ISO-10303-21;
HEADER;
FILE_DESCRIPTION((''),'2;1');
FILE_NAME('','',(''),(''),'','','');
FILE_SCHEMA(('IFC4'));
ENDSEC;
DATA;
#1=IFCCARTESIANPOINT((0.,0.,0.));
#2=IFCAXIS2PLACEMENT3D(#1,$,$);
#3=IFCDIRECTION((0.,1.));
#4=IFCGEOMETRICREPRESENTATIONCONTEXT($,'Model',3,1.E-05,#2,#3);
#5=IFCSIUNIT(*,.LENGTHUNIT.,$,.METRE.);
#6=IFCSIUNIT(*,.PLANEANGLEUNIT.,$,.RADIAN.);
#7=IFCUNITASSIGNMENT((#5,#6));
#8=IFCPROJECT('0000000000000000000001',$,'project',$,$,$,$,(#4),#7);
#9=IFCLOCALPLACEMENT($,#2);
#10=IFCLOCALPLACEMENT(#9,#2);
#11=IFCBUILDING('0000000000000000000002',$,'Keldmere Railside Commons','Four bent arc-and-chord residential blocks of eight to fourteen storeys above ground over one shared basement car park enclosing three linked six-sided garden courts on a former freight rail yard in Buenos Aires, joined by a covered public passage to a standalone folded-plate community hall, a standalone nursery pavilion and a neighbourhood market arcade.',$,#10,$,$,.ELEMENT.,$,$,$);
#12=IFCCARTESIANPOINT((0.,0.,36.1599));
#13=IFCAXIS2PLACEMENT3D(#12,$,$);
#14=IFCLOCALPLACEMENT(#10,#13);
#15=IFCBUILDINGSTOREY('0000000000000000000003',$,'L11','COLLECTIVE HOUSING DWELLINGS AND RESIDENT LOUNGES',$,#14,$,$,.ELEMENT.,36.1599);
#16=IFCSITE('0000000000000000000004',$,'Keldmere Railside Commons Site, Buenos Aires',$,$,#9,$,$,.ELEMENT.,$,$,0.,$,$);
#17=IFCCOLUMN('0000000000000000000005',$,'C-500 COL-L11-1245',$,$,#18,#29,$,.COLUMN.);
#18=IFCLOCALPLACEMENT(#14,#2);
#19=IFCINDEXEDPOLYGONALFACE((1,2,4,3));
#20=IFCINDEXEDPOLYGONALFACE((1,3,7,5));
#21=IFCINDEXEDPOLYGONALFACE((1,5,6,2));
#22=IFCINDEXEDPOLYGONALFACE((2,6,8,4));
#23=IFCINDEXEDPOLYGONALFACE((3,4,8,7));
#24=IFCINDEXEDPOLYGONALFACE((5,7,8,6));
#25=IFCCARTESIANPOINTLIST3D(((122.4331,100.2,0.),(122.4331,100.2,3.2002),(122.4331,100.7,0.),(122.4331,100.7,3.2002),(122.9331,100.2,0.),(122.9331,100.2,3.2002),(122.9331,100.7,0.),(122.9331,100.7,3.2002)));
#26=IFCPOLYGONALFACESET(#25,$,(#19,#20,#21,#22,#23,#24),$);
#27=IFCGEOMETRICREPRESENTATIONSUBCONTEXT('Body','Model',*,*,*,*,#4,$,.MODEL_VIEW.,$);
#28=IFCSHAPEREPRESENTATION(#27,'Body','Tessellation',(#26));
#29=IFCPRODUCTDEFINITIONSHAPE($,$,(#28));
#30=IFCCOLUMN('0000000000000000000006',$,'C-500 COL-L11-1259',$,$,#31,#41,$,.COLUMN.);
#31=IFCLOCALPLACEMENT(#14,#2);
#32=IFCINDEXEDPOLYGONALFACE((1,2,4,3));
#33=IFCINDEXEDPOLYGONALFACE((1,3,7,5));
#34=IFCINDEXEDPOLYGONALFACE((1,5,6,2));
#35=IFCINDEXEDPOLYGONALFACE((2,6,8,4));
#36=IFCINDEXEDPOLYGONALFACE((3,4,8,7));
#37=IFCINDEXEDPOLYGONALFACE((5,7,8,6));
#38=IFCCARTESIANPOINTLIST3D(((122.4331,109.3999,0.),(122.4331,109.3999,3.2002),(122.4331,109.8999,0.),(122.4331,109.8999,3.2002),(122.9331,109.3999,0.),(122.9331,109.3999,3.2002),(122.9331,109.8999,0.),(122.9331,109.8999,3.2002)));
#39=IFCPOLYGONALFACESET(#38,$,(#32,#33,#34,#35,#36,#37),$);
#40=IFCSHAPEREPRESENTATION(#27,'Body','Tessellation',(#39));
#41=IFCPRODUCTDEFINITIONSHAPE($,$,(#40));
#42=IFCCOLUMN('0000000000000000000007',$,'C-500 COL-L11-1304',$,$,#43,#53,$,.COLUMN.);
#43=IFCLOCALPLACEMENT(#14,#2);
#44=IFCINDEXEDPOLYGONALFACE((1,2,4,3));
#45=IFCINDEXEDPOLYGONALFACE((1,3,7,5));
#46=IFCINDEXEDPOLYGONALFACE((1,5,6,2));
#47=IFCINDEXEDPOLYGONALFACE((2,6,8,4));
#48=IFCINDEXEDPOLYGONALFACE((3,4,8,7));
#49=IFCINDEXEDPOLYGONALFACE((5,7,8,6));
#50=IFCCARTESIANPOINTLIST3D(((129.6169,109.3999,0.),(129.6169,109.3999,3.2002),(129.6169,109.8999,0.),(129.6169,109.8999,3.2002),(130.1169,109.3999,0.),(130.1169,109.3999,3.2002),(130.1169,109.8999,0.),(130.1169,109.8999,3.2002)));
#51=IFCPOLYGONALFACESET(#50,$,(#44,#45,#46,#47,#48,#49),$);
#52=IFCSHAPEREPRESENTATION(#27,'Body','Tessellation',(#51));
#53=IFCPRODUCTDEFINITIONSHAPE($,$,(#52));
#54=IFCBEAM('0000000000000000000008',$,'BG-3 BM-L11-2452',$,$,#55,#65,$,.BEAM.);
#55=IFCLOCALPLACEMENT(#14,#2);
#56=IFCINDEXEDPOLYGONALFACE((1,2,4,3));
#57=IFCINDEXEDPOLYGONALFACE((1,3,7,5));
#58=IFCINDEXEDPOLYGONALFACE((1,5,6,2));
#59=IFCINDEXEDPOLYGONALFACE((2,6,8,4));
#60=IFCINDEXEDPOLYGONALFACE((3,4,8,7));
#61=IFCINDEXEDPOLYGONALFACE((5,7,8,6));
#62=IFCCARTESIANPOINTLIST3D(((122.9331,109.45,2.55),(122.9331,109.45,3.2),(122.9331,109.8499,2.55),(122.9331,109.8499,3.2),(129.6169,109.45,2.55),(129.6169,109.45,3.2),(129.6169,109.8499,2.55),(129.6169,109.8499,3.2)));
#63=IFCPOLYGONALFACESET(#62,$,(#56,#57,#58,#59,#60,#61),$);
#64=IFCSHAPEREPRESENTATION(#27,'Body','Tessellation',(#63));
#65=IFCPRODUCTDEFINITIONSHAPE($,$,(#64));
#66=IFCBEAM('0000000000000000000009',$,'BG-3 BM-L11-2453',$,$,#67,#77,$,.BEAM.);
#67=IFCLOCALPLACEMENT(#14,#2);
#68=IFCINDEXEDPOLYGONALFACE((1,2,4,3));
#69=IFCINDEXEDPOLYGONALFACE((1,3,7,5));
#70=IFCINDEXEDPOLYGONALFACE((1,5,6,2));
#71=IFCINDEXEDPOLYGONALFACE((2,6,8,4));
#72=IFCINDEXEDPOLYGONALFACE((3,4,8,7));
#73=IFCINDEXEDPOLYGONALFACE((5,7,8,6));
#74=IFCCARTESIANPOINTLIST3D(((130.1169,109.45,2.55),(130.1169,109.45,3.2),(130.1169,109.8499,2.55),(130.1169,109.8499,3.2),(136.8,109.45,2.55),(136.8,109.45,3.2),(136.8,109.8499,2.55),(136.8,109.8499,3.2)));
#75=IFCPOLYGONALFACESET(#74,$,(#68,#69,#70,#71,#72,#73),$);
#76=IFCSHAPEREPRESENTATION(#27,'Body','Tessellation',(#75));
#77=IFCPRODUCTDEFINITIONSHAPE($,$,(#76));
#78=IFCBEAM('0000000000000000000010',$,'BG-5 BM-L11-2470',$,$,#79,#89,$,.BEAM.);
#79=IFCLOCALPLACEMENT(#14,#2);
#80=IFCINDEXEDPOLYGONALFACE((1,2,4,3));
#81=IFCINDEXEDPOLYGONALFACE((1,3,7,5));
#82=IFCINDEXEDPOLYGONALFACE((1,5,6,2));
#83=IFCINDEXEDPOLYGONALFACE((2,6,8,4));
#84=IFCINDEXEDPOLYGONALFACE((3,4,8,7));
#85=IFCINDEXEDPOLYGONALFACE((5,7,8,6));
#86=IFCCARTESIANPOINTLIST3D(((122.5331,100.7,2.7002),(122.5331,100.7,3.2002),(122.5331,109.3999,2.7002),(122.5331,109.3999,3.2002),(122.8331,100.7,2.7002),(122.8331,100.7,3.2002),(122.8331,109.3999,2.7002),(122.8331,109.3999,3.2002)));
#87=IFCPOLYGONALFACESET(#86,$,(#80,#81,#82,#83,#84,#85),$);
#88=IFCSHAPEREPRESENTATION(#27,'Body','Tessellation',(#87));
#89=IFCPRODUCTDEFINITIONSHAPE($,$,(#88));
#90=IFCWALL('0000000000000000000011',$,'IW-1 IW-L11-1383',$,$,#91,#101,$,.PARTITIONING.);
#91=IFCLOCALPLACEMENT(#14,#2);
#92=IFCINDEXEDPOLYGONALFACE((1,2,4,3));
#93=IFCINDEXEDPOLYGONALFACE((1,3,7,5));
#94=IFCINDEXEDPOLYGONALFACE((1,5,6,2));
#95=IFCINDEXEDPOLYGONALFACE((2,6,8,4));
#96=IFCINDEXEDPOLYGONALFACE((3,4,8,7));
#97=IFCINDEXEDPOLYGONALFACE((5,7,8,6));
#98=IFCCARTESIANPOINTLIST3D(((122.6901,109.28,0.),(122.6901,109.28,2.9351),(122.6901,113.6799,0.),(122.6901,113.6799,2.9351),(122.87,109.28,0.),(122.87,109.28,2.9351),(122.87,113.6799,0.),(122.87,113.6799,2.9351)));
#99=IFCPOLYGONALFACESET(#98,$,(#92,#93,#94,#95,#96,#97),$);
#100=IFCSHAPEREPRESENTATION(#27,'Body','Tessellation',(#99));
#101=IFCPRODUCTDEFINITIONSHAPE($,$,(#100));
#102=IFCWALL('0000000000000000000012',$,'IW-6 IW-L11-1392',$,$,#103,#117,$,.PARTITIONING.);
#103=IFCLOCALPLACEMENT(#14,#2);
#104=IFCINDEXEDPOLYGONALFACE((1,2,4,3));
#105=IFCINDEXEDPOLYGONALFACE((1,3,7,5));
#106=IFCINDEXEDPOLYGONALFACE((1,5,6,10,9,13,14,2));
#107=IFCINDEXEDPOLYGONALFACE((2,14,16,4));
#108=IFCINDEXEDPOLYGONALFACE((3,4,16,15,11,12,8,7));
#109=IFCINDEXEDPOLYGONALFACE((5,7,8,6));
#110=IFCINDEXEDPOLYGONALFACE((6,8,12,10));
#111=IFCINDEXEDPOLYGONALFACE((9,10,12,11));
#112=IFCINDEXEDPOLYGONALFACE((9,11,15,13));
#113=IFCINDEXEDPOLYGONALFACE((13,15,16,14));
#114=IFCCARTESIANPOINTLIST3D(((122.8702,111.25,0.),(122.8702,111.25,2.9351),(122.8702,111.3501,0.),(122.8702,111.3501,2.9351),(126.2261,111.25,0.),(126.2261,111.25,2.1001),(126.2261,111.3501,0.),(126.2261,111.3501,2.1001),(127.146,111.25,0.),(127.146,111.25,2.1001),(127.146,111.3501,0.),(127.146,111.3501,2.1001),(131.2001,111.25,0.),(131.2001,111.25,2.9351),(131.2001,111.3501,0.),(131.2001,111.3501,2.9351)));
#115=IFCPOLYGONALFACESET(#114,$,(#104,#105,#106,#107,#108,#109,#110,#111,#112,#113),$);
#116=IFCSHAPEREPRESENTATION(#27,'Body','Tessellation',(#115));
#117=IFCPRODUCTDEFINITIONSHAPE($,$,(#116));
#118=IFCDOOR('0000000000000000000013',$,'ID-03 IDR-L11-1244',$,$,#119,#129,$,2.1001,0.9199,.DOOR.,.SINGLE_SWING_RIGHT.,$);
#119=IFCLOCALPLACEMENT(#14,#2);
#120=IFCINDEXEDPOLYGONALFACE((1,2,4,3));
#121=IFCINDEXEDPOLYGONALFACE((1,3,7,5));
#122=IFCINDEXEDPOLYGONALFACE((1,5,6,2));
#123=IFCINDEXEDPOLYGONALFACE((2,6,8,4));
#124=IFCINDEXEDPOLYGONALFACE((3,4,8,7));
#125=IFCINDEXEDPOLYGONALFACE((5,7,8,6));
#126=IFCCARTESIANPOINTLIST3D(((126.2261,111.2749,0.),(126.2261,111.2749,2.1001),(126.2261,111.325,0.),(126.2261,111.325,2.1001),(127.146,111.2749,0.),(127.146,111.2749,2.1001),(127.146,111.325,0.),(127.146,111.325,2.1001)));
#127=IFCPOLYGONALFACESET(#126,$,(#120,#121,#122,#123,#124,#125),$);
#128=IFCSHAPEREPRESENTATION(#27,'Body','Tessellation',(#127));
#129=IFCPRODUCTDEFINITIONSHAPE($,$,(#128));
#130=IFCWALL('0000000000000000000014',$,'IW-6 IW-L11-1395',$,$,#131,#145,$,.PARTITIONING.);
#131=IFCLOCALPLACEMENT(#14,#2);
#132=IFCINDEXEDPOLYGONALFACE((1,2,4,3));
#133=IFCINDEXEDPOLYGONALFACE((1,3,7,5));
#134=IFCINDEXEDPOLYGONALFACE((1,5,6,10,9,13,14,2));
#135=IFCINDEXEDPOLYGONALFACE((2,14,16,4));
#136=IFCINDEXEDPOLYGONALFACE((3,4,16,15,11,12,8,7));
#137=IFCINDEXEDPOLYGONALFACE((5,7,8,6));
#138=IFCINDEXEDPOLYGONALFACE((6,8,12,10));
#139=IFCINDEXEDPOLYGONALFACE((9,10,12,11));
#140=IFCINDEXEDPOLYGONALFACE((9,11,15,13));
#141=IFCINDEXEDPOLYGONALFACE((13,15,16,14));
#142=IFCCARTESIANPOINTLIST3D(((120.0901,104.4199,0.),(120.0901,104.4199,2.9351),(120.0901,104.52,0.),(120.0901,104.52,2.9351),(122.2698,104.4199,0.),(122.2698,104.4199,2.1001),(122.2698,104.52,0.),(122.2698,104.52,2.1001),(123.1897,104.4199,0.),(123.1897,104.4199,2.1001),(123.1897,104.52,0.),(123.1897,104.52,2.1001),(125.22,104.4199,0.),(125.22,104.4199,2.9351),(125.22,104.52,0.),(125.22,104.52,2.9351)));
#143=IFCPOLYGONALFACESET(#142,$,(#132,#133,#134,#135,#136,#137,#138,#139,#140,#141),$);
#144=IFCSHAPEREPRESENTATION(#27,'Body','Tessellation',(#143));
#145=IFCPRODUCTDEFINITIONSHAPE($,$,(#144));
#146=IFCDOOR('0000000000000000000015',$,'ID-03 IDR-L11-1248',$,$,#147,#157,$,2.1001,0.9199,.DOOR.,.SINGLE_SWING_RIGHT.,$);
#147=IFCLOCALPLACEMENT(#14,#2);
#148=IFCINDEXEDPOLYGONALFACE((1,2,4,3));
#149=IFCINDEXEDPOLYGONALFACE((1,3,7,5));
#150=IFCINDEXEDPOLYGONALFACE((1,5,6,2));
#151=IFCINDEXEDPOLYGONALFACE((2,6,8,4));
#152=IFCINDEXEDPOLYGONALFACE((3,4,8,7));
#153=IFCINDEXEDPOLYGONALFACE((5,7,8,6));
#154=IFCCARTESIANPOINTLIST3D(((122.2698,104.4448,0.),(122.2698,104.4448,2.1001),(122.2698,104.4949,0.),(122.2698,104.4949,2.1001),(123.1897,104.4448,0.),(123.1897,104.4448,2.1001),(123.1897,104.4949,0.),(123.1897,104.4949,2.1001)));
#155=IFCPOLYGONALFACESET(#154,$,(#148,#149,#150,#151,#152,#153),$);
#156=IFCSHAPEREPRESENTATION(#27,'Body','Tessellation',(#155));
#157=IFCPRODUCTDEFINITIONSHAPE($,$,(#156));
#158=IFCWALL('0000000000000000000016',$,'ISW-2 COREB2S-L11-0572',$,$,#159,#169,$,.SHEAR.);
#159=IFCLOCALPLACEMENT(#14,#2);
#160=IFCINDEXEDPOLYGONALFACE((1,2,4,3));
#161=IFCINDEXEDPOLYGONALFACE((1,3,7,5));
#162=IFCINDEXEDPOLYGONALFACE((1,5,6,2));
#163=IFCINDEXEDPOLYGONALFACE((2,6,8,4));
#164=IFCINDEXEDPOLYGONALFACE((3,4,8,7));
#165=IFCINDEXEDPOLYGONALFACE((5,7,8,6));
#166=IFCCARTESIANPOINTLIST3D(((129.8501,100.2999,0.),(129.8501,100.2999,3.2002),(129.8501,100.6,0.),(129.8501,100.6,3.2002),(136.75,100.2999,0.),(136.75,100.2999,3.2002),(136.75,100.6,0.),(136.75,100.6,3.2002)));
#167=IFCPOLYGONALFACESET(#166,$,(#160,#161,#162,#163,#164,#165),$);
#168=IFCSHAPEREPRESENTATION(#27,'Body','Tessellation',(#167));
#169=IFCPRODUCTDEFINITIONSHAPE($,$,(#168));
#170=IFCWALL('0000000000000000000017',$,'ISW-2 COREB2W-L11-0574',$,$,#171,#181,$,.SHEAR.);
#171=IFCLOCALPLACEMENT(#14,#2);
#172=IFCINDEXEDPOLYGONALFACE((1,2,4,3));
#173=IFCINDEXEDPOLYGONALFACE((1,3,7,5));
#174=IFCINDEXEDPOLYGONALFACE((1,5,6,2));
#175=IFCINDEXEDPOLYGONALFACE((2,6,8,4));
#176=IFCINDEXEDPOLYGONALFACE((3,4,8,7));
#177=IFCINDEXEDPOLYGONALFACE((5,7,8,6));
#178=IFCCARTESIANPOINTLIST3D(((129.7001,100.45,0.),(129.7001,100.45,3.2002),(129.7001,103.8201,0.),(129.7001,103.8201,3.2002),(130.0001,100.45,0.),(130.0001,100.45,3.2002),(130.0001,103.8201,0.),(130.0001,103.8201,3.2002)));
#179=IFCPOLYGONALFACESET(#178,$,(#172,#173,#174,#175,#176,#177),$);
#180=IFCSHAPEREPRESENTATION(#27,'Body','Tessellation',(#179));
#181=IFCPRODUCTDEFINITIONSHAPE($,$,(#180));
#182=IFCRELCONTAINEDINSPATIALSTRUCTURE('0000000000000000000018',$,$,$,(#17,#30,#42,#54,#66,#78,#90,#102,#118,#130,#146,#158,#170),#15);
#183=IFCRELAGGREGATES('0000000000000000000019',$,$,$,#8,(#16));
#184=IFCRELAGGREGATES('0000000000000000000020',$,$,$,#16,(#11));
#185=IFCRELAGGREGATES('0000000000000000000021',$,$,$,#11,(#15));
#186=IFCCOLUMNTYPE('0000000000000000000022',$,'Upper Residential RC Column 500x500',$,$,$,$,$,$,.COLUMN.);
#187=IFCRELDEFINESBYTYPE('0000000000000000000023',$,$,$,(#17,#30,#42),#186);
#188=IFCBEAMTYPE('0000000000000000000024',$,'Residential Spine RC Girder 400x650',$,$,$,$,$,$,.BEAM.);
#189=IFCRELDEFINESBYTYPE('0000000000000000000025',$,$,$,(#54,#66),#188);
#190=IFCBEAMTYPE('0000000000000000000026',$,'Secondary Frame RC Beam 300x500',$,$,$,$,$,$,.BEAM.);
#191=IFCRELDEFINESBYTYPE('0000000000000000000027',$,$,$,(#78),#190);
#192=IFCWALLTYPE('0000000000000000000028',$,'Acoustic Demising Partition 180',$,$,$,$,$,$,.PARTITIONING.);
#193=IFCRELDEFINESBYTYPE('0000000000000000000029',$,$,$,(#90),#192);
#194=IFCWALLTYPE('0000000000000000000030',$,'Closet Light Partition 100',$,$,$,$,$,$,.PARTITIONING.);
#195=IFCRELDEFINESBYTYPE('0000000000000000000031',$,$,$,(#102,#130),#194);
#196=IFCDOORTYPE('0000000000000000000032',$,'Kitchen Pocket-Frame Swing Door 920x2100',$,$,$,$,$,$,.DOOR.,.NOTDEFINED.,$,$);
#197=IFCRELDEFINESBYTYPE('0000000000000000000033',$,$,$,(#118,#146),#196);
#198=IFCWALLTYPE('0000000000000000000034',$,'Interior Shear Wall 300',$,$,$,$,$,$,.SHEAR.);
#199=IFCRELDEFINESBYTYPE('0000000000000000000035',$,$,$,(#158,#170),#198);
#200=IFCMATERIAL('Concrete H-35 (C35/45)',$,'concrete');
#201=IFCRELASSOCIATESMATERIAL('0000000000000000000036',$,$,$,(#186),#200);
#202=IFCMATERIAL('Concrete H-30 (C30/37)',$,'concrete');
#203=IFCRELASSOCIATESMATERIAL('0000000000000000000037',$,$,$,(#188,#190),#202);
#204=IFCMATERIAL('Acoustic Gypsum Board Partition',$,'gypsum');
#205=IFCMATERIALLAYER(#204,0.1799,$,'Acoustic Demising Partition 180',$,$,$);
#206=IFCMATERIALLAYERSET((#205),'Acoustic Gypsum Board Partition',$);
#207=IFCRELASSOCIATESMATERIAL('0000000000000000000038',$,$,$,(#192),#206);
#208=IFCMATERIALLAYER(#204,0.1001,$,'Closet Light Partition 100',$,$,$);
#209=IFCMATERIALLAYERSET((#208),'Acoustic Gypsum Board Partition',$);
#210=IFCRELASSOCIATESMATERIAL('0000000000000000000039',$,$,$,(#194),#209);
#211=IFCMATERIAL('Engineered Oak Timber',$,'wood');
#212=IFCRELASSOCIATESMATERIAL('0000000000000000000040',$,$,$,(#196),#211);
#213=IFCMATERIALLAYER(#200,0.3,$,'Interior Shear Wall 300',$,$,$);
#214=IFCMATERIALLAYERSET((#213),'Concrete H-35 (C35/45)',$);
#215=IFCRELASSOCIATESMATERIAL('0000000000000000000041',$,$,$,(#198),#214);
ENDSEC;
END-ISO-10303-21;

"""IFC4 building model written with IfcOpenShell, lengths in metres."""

from ifc_helpers import new_model, si_unit, direction, frame, frame_2d, origin, origin_2d, place, context, subcontext, project, spatial, rectangle, extrude, material, layer, layer_set, material_profile, profile_set, type_object, element, fill, save


model = new_model("IFC4")

# Units and contexts
model_context = context("Model", 3, precision=1e-05, world=origin(), true_north=direction((0.0, 1.0)))
body_context = subcontext(model_context, "Body", "Model", "MODEL_VIEW")
ifc_project = project(units=[si_unit("LENGTHUNIT", "METRE"), si_unit("PLANEANGLEUNIT", "RADIAN")], contexts=[model_context])

# Site, building, storey
site_placement = place(None, origin())
site = spatial("IfcSite", under=ifc_project, at=site_placement, Name="Keldmere Railside Commons Site, Buenos Aires", CompositionType="ELEMENT", RefElevation=0.0)
building_placement = place(site_placement, origin())
building = spatial("IfcBuilding", under=site, at=building_placement, Name="Keldmere Railside Commons", Description="Four bent arc-and-chord residential blocks of eight to fourteen storeys above ground over one shared basement car park enclosing three linked six-sided garden courts on a former freight rail yard in Buenos Aires, joined by a covered public passage to a standalone folded-plate community hall, a standalone nursery pavilion and a neighbourhood market arcade.", CompositionType="ELEMENT")
storey_placement = place(building_placement, frame((0.0, 0.0, 36.1599)))
storey = spatial("IfcBuildingStorey", under=building, at=storey_placement, Name="L11", Description="COLLECTIVE HOUSING DWELLINGS AND RESIDENT LOUNGES", CompositionType="ELEMENT", Elevation=36.1599)

# Columns
ifc_material_1 = material(Name="Concrete H-35 (C35/45)", Category="concrete")
ifc_material_profile_1 = material_profile(ifc_material_1, rectangle(XDim=0.5, YDim=0.5, at=origin_2d()), Name="RC-500x500")
ifc_profile_set_1 = profile_set([ifc_material_profile_1], Name="Concrete H-35 (C35/45)")
column_type = type_object("IfcColumnType", Name="Upper Residential RC Column 500x500", PredefinedType="COLUMN", material=ifc_profile_set_1)
for number, where, z_axis, x_axis, name in (
    (1, (122.6831, 100.45, 0.0), (0.0, 0.0, 1.0), (1.0, 0.0, 0.0), "C-500 COL-L11-1245"),
    (2, (122.6831, 109.6499, 0.0), (0.0, 0.0, 1.0), (1.0, 0.0, 0.0), "C-500 COL-L11-1259"),
    (3, (129.8669, 109.6499, 0.0), (0.0, 0.0, 1.0), (1.0, 0.0, 0.0), "C-500 COL-L11-1304"),
):
    element("IfcColumn", number, at=place(storey_placement, frame(where, z_axis=z_axis, x_axis=x_axis)), inside=storey, type_object=column_type, Name=name, PredefinedType="COLUMN", context=body_context, shape_type="SweptSolid", body=[
        extrude(rectangle(XDim=0.5, YDim=0.5, at=origin_2d()), origin(), (0.0, 0.0, 1.0), 3.2002),
    ])

# Beams
ifc_material_2 = material(Name="Concrete H-30 (C30/37)", Category="concrete")
ifc_material_profile_2 = material_profile(ifc_material_2, rectangle(XDim=0.3999, YDim=0.6499, at=origin_2d()), Name="RC-400x650")
ifc_profile_set_2 = profile_set([ifc_material_profile_2], Name="Concrete H-30 (C30/37)")
beam_type_1 = type_object("IfcBeamType", Name="Residential Spine RC Girder 400x650", PredefinedType="BEAM", material=ifc_profile_set_2)
beam_1_placement = place(storey_placement, frame((122.9331, 109.6499, 2.875), z_axis=(1.0, 0.0, 0.0), x_axis=(0.0, 1.0, 0.0)))
element("IfcBeam", 4, at=beam_1_placement, inside=storey, type_object=beam_type_1, Name="BG-3 BM-L11-2452", PredefinedType="BEAM", context=body_context, shape_type="SweptSolid", body=[
    extrude(rectangle(XDim=0.3999, YDim=0.6499, at=origin_2d()), origin(), (0.0, 0.0, 1.0), 6.6838),
])
beam_2_placement = place(storey_placement, frame((130.1169, 109.6499, 2.875), z_axis=(1.0, 0.0, 0.0), x_axis=(0.0, 1.0, 0.0)))
element("IfcBeam", 5, at=beam_2_placement, inside=storey, type_object=beam_type_1, Name="BG-3 BM-L11-2453", PredefinedType="BEAM", context=body_context, shape_type="SweptSolid", body=[
    extrude(rectangle(XDim=0.3999, YDim=0.6499, at=origin_2d()), origin(), (0.0, 0.0, 1.0), 6.6831),
])
ifc_material_profile_3 = material_profile(ifc_material_2, rectangle(XDim=0.3, YDim=0.5, at=origin_2d()), Name="RC-300x500")
ifc_profile_set_3 = profile_set([ifc_material_profile_3], Name="Concrete H-30 (C30/37)")
beam_type_2 = type_object("IfcBeamType", Name="Secondary Frame RC Beam 300x500", PredefinedType="BEAM", material=ifc_profile_set_3)
beam_3_placement = place(storey_placement, frame((122.6831, 100.7, 2.9502), z_axis=(0.0, 1.0, 0.0), x_axis=(-1.0, 0.0, 0.0)))
element("IfcBeam", 6, at=beam_3_placement, inside=storey, type_object=beam_type_2, Name="BG-5 BM-L11-2470", PredefinedType="BEAM", context=body_context, shape_type="SweptSolid", body=[
    extrude(rectangle(XDim=0.3, YDim=0.5, at=origin_2d()), origin(), (0.0, 0.0, 1.0), 8.7),
])

# Wall
ifc_material_3 = material(Name="Acoustic Gypsum Board Partition", Category="gypsum")
ifc_layer_1 = layer(ifc_material_3, 0.1799, Name="Acoustic Demising Partition 180")
ifc_layer_set_1 = layer_set([ifc_layer_1], Name="Acoustic Gypsum Board Partition")
wall_type_1 = type_object("IfcWallType", Name="Acoustic Demising Partition 180", PredefinedType="PARTITIONING", material=ifc_layer_set_1)
wall_1_placement = place(storey_placement, frame((122.78, 109.28, 0.0), z_axis=(0.0, 0.0, 1.0), x_axis=(0.0, 1.0, 0.0)))
element("IfcWall", 7, at=wall_1_placement, inside=storey, type_object=wall_type_1, Name="IW-1 IW-L11-1383", PredefinedType="PARTITIONING", context=body_context, shape_type="SweptSolid", body=[
    extrude(rectangle(XDim=4.3999, YDim=0.1799, at=frame_2d((2.2, 0.0))), origin(), (0.0, 0.0, 1.0), 2.9351),
])

# Walls, openings, doors
ifc_layer_2 = layer(ifc_material_3, 0.1001, Name="Closet Light Partition 100")
ifc_layer_set_2 = layer_set([ifc_layer_2], Name="Acoustic Gypsum Board Partition")
wall_type_2 = type_object("IfcWallType", Name="Closet Light Partition 100", PredefinedType="PARTITIONING", material=ifc_layer_set_2)
wall_2_placement = place(storey_placement, frame((122.8701, 111.3, 0.0), z_axis=(0.0, 0.0, 1.0), x_axis=(1.0, 0.0, 0.0)))
wall_2 = element("IfcWall", 8, at=wall_2_placement, inside=storey, type_object=wall_type_2, Name="IW-6 IW-L11-1392", PredefinedType="PARTITIONING", context=body_context, shape_type="SweptSolid", body=[
    extrude(rectangle(XDim=8.3298, YDim=0.1001, at=frame_2d((4.165, 0.0))), origin(), (0.0, 0.0, 1.0), 2.9351),
])
opening_1_placement = place(wall_2_placement, frame((3.356, 0.0, 0.0)))
opening_1 = element("IfcOpeningElement", 9, at=opening_1_placement, cuts=wall_2, PredefinedType="OPENING", context=body_context, shape_type="SweptSolid", body=[
    extrude(rectangle(XDim=0.9199, YDim=2.1001, at=frame_2d((0.46, 1.05))), frame((0.0, 0.0601, 0.0), z_axis=(0.0, -1.0, 0.0), x_axis=(1.0, 0.0, 0.0)), (0.0, 0.0, 1.0), 0.1201),
])
ifc_material_4 = material(Name="Engineered Oak Timber", Category="wood")
door_type_1 = type_object("IfcDoorType", Name="Kitchen Pocket-Frame Swing Door 920x2100", OperationType="NOTDEFINED", PredefinedType="DOOR", material=ifc_material_4)
door_1_placement = place(opening_1_placement, origin())
door_1 = element("IfcDoor", 10, at=door_1_placement, inside=storey, type_object=door_type_1, Name="ID-03 IDR-L11-1244", OperationType="SINGLE_SWING_RIGHT", OverallHeight=2.1001, OverallWidth=0.9199, PredefinedType="DOOR", context=body_context, shape_type="SweptSolid", body=[
    extrude(rectangle(XDim=0.9199, YDim=2.1001, at=frame_2d((0.46, 1.05))), frame((0.0, 0.0249, 0.0), z_axis=(0.0, -1.0, 0.0), x_axis=(1.0, 0.0, 0.0)), (0.0, 0.0, 1.0), 0.05),
])
fill(opening_1, door_1)
wall_3_placement = place(storey_placement, frame((120.0901, 104.47, 0.0), z_axis=(0.0, 0.0, 1.0), x_axis=(1.0, 0.0, 0.0)))
wall_3 = element("IfcWall", 11, at=wall_3_placement, inside=storey, type_object=wall_type_2, Name="IW-6 IW-L11-1395", PredefinedType="PARTITIONING", context=body_context, shape_type="SweptSolid", body=[
    extrude(rectangle(XDim=5.1299, YDim=0.1001, at=frame_2d((2.5649, 0.0))), origin(), (0.0, 0.0, 1.0), 2.9351),
])
opening_2_placement = place(wall_3_placement, frame((2.1797, 0.0, 0.0)))
opening_2 = element("IfcOpeningElement", 12, at=opening_2_placement, cuts=wall_3, PredefinedType="OPENING", context=body_context, shape_type="SweptSolid", body=[
    extrude(rectangle(XDim=0.9199, YDim=2.1001, at=frame_2d((0.46, 1.05))), frame((0.0, 0.0601, 0.0), z_axis=(0.0, -1.0, 0.0), x_axis=(1.0, 0.0, 0.0)), (0.0, 0.0, 1.0), 0.1201),
])
door_2_placement = place(opening_2_placement, origin())
door_2 = element("IfcDoor", 13, at=door_2_placement, inside=storey, type_object=door_type_1, Name="ID-03 IDR-L11-1248", OperationType="SINGLE_SWING_RIGHT", OverallHeight=2.1001, OverallWidth=0.9199, PredefinedType="DOOR", context=body_context, shape_type="SweptSolid", body=[
    extrude(rectangle(XDim=0.9199, YDim=2.1001, at=frame_2d((0.46, 1.05))), frame((0.0, 0.0249, 0.0), z_axis=(0.0, -1.0, 0.0), x_axis=(1.0, 0.0, 0.0)), (0.0, 0.0, 1.0), 0.05),
])
fill(opening_2, door_2)

# Walls
ifc_layer_3 = layer(ifc_material_1, 0.3, Name="Interior Shear Wall 300")
ifc_layer_set_3 = layer_set([ifc_layer_3], Name="Concrete H-35 (C35/45)")
wall_type_3 = type_object("IfcWallType", Name="Interior Shear Wall 300", PredefinedType="SHEAR", material=ifc_layer_set_3)
wall_4_placement = place(storey_placement, frame((129.8501, 100.45, 0.0), z_axis=(0.0, 0.0, 1.0), x_axis=(1.0, 0.0, 0.0)))
element("IfcWall", 14, at=wall_4_placement, inside=storey, type_object=wall_type_3, Name="ISW-2 COREB2S-L11-0572", PredefinedType="SHEAR", context=body_context, shape_type="SweptSolid", body=[
    extrude(rectangle(XDim=6.8999, YDim=0.3, at=frame_2d((3.45, 0.0))), origin(), (0.0, 0.0, 1.0), 3.2002),
])
wall_5_placement = place(storey_placement, frame((129.8501, 103.8201, 0.0), z_axis=(0.0, 0.0, 1.0), x_axis=(0.0, -1.0, 0.0)))
element("IfcWall", 15, at=wall_5_placement, inside=storey, type_object=wall_type_3, Name="ISW-2 COREB2W-L11-0574", PredefinedType="SHEAR", context=body_context, shape_type="SweptSolid", body=[
    extrude(rectangle(XDim=3.3701, YDim=0.3, at=frame_2d((1.6851, 0.0))), origin(), (0.0, 0.0, 1.0), 3.2002),
])

save(model, "model.ifc")
